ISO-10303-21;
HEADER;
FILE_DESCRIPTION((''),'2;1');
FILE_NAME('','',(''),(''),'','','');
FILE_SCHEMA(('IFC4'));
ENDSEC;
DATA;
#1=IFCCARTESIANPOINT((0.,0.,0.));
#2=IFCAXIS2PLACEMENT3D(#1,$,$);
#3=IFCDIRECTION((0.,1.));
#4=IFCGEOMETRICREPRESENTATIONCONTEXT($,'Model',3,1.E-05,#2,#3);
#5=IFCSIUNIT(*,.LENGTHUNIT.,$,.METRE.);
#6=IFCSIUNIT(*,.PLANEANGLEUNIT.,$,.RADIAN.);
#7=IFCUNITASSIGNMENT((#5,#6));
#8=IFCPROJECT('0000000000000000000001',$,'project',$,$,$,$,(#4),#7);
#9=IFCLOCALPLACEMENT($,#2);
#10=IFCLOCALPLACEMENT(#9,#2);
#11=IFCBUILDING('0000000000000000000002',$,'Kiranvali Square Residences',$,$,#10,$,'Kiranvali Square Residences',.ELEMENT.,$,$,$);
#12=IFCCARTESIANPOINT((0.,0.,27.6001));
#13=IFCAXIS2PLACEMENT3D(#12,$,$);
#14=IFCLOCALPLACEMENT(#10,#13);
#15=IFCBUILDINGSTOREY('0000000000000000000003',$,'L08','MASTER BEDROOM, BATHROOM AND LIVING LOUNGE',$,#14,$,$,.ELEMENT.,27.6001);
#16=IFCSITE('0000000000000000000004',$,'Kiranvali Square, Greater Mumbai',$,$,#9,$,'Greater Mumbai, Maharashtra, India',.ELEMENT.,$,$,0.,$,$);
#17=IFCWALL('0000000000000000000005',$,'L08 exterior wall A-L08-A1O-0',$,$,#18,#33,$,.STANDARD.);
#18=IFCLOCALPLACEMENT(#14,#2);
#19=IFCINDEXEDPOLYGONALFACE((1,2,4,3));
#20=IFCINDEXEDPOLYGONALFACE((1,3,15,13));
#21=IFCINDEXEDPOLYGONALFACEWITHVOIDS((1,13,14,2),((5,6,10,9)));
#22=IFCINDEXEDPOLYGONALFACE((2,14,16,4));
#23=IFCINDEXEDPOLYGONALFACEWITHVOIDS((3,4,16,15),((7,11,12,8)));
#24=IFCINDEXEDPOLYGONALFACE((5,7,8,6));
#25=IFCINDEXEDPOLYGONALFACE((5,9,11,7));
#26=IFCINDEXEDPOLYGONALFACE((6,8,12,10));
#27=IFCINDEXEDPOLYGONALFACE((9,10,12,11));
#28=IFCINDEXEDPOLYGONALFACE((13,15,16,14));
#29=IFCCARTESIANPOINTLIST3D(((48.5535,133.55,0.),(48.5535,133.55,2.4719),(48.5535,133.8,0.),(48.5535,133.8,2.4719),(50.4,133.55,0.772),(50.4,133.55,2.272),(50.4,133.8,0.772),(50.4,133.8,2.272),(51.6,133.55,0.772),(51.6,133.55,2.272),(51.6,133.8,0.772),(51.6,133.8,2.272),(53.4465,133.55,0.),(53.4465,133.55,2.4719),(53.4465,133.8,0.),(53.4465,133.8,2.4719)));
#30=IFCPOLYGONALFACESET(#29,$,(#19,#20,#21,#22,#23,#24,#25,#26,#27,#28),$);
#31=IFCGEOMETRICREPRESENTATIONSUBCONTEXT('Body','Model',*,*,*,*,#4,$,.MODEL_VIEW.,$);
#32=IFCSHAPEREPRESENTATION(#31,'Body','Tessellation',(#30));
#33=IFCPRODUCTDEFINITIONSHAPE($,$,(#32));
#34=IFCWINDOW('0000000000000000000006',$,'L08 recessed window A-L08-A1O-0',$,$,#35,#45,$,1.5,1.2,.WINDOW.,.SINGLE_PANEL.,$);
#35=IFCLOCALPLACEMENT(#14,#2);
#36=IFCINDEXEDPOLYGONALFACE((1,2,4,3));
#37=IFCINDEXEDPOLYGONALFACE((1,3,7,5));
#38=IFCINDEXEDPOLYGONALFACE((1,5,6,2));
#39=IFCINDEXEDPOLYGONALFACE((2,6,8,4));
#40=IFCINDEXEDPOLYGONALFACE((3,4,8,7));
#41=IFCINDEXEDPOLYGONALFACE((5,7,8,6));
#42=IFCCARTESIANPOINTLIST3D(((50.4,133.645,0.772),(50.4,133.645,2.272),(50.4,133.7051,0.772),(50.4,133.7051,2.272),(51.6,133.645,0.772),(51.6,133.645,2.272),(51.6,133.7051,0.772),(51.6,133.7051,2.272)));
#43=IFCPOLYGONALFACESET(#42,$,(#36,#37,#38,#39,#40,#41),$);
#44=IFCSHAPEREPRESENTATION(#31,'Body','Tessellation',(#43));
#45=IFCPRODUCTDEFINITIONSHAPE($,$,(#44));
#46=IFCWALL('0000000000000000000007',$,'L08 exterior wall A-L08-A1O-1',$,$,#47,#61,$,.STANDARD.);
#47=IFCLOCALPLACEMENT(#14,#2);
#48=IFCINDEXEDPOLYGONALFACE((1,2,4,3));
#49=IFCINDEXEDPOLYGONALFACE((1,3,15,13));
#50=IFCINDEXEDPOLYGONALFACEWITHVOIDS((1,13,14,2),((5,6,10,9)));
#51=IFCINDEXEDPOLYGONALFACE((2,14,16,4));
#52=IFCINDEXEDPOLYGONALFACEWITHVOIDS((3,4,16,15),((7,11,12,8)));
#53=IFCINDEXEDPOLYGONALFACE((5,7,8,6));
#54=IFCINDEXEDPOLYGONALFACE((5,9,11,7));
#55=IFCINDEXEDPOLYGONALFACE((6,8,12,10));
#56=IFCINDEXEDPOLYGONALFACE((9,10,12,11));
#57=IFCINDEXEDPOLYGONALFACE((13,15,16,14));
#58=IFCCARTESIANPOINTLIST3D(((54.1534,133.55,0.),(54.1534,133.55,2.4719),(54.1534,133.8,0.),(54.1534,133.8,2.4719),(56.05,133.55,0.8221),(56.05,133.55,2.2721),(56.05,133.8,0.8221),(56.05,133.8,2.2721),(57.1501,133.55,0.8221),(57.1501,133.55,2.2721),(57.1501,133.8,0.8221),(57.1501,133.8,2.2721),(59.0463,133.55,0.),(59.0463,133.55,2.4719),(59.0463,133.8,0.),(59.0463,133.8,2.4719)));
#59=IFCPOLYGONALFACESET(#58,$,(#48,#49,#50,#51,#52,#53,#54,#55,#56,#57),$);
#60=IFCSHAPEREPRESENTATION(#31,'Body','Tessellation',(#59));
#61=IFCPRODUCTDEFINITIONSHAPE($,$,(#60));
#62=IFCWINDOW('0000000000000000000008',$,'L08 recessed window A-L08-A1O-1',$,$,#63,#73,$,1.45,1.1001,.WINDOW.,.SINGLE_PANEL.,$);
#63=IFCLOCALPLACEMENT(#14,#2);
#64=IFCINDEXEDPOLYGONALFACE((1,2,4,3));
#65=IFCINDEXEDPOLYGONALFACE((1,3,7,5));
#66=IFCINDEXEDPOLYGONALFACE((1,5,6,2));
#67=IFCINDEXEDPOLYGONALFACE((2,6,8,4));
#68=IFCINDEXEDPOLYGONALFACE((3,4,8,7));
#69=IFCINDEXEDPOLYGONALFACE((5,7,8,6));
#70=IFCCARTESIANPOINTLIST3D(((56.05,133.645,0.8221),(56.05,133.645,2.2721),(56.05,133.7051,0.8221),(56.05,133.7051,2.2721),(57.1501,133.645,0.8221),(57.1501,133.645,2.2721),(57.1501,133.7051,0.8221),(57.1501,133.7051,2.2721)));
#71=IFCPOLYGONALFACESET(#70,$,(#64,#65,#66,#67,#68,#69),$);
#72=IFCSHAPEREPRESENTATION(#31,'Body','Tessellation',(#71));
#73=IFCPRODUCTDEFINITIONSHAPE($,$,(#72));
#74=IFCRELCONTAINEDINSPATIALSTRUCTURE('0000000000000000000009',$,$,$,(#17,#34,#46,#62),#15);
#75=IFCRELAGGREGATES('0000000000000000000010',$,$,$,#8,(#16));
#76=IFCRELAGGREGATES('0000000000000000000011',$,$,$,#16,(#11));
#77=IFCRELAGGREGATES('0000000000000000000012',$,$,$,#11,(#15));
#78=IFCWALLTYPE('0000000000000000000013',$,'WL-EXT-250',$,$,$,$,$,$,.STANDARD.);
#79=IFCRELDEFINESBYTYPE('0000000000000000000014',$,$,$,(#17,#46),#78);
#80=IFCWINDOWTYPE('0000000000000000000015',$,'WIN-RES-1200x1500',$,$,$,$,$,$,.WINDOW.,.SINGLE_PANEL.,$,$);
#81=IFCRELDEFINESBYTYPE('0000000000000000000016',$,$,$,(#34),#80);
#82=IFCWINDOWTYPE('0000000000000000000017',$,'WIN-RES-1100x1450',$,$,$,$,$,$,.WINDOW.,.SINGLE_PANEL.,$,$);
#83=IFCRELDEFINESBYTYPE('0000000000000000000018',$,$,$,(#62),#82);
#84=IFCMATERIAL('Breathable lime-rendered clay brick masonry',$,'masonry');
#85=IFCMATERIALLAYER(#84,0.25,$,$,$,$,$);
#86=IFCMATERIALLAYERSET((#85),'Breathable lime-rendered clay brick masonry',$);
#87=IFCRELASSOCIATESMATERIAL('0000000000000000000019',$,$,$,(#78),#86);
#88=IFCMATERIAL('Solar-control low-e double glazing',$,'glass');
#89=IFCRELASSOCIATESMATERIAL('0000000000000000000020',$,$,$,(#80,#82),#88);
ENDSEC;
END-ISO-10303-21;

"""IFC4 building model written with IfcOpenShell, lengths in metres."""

from ifc_helpers import new_model, si_unit, direction, frame, frame_2d, origin, place, context, subcontext, project, spatial, rectangle, extrude, material, layer, layer_set, type_object, element, fill, save


model = new_model("IFC4")

# Units and contexts
model_context = context("Model", 3, precision=1e-05, world=origin(), true_north=direction((0.0, 1.0)))
body_context = subcontext(model_context, "Body", "Model", "MODEL_VIEW")
ifc_project = project(units=[si_unit("LENGTHUNIT", "METRE"), si_unit("PLANEANGLEUNIT", "RADIAN")], contexts=[model_context])

# Site, building, storey
site_placement = place(None, origin())
site = spatial("IfcSite", under=ifc_project, at=site_placement, Name="Kiranvali Square, Greater Mumbai", LongName="Greater Mumbai, Maharashtra, India", CompositionType="ELEMENT", RefElevation=0.0)
building_placement = place(site_placement, origin())
building = spatial("IfcBuilding", under=site, at=building_placement, Name="Kiranvali Square Residences", LongName="Kiranvali Square Residences", CompositionType="ELEMENT")
storey_placement = place(building_placement, frame((0.0, 0.0, 27.6001)))
storey = spatial("IfcBuildingStorey", under=building, at=storey_placement, Name="L08", Description="MASTER BEDROOM, BATHROOM AND LIVING LOUNGE", CompositionType="ELEMENT", Elevation=27.6001)

# Walls, openings, windows
ifc_material_1 = material(Name="Breathable lime-rendered clay brick masonry", Category="masonry")
ifc_layer = layer(ifc_material_1, 0.25)
ifc_layer_set = layer_set([ifc_layer], Name="Breathable lime-rendered clay brick masonry")
wall_type = type_object("IfcWallType", Name="WL-EXT-250", PredefinedType="STANDARD", material=ifc_layer_set)
wall_1_placement = place(storey_placement, frame((48.5535, 133.675, 0.0), z_axis=(0.0, 0.0, 1.0), x_axis=(1.0, 0.0, 0.0)))
wall_1 = element("IfcWall", 1, at=wall_1_placement, inside=storey, type_object=wall_type, Name="L08 exterior wall A-L08-A1O-0", PredefinedType="STANDARD", context=body_context, shape_type="SweptSolid", body=[
    extrude(rectangle(XDim=4.8931, YDim=0.25, at=frame_2d((2.4465, 0.0))), origin(), (0.0, 0.0, 1.0), 2.4719),
])
opening_1_placement = place(wall_1_placement, frame((1.8464, 0.0, 0.772)))
opening_1 = element("IfcOpeningElement", 2, at=opening_1_placement, cuts=wall_1, PredefinedType="OPENING", context=body_context, shape_type="SweptSolid", body=[
    extrude(rectangle(XDim=1.2, YDim=1.5, at=frame_2d((0.6001, 0.75))), frame((0.0, 0.135, 0.0), z_axis=(0.0, -1.0, 0.0), x_axis=(1.0, 0.0, 0.0)), (0.0, 0.0, 1.0), 0.27),
])
ifc_material_2 = material(Name="Solar-control low-e double glazing", Category="glass")
window_type_1 = type_object("IfcWindowType", Name="WIN-RES-1200x1500", PartitioningType="SINGLE_PANEL", PredefinedType="WINDOW", material=ifc_material_2)
window_1_placement = place(opening_1_placement, origin())
window_1 = element("IfcWindow", 3, at=window_1_placement, inside=storey, type_object=window_type_1, Name="L08 recessed window A-L08-A1O-0", OverallHeight=1.5, OverallWidth=1.2, PartitioningType="SINGLE_PANEL", PredefinedType="WINDOW", context=body_context, shape_type="SweptSolid", body=[
    extrude(rectangle(XDim=1.2, YDim=1.5, at=frame_2d((0.6001, 0.75))), frame((0.0, 0.03, 0.0), z_axis=(0.0, -1.0, 0.0), x_axis=(1.0, 0.0, 0.0)), (0.0, 0.0, 1.0), 0.0601),
])
fill(opening_1, window_1)
wall_2_placement = place(storey_placement, frame((54.1536, 133.675, 0.0), z_axis=(0.0, 0.0, 1.0), x_axis=(1.0, 0.0, 0.0)))
wall_2 = element("IfcWall", 4, at=wall_2_placement, inside=storey, type_object=wall_type, Name="L08 exterior wall A-L08-A1O-1", PredefinedType="STANDARD", context=body_context, shape_type="SweptSolid", body=[
    extrude(rectangle(XDim=4.8928, YDim=0.25, at=frame_2d((2.4463, 0.0))), origin(), (0.0, 0.0, 1.0), 2.4719),
])
opening_2_placement = place(wall_2_placement, frame((1.8965, 0.0, 0.822)))
opening_2 = element("IfcOpeningElement", 5, at=opening_2_placement, cuts=wall_2, PredefinedType="OPENING", context=body_context, shape_type="SweptSolid", body=[
    extrude(rectangle(XDim=1.1001, YDim=1.45, at=frame_2d((0.55, 0.7251))), frame((0.0, 0.135, 0.0), z_axis=(0.0, -1.0, 0.0), x_axis=(1.0, 0.0, 0.0)), (0.0, 0.0, 1.0), 0.27),
])
window_type_2 = type_object("IfcWindowType", Name="WIN-RES-1100x1450", PartitioningType="SINGLE_PANEL", PredefinedType="WINDOW", material=ifc_material_2)
window_2_placement = place(opening_2_placement, origin())
window_2 = element("IfcWindow", 6, at=window_2_placement, inside=storey, type_object=window_type_2, Name="L08 recessed window A-L08-A1O-1", OverallHeight=1.45, OverallWidth=1.1001, PartitioningType="SINGLE_PANEL", PredefinedType="WINDOW", context=body_context, shape_type="SweptSolid", body=[
    extrude(rectangle(XDim=1.1001, YDim=1.45, at=frame_2d((0.55, 0.7251))), frame((0.0, 0.03, 0.0), z_axis=(0.0, -1.0, 0.0), x_axis=(1.0, 0.0, 0.0)), (0.0, 0.0, 1.0), 0.0601),
])
fill(opening_2, window_2)

save(model, "model.ifc")
